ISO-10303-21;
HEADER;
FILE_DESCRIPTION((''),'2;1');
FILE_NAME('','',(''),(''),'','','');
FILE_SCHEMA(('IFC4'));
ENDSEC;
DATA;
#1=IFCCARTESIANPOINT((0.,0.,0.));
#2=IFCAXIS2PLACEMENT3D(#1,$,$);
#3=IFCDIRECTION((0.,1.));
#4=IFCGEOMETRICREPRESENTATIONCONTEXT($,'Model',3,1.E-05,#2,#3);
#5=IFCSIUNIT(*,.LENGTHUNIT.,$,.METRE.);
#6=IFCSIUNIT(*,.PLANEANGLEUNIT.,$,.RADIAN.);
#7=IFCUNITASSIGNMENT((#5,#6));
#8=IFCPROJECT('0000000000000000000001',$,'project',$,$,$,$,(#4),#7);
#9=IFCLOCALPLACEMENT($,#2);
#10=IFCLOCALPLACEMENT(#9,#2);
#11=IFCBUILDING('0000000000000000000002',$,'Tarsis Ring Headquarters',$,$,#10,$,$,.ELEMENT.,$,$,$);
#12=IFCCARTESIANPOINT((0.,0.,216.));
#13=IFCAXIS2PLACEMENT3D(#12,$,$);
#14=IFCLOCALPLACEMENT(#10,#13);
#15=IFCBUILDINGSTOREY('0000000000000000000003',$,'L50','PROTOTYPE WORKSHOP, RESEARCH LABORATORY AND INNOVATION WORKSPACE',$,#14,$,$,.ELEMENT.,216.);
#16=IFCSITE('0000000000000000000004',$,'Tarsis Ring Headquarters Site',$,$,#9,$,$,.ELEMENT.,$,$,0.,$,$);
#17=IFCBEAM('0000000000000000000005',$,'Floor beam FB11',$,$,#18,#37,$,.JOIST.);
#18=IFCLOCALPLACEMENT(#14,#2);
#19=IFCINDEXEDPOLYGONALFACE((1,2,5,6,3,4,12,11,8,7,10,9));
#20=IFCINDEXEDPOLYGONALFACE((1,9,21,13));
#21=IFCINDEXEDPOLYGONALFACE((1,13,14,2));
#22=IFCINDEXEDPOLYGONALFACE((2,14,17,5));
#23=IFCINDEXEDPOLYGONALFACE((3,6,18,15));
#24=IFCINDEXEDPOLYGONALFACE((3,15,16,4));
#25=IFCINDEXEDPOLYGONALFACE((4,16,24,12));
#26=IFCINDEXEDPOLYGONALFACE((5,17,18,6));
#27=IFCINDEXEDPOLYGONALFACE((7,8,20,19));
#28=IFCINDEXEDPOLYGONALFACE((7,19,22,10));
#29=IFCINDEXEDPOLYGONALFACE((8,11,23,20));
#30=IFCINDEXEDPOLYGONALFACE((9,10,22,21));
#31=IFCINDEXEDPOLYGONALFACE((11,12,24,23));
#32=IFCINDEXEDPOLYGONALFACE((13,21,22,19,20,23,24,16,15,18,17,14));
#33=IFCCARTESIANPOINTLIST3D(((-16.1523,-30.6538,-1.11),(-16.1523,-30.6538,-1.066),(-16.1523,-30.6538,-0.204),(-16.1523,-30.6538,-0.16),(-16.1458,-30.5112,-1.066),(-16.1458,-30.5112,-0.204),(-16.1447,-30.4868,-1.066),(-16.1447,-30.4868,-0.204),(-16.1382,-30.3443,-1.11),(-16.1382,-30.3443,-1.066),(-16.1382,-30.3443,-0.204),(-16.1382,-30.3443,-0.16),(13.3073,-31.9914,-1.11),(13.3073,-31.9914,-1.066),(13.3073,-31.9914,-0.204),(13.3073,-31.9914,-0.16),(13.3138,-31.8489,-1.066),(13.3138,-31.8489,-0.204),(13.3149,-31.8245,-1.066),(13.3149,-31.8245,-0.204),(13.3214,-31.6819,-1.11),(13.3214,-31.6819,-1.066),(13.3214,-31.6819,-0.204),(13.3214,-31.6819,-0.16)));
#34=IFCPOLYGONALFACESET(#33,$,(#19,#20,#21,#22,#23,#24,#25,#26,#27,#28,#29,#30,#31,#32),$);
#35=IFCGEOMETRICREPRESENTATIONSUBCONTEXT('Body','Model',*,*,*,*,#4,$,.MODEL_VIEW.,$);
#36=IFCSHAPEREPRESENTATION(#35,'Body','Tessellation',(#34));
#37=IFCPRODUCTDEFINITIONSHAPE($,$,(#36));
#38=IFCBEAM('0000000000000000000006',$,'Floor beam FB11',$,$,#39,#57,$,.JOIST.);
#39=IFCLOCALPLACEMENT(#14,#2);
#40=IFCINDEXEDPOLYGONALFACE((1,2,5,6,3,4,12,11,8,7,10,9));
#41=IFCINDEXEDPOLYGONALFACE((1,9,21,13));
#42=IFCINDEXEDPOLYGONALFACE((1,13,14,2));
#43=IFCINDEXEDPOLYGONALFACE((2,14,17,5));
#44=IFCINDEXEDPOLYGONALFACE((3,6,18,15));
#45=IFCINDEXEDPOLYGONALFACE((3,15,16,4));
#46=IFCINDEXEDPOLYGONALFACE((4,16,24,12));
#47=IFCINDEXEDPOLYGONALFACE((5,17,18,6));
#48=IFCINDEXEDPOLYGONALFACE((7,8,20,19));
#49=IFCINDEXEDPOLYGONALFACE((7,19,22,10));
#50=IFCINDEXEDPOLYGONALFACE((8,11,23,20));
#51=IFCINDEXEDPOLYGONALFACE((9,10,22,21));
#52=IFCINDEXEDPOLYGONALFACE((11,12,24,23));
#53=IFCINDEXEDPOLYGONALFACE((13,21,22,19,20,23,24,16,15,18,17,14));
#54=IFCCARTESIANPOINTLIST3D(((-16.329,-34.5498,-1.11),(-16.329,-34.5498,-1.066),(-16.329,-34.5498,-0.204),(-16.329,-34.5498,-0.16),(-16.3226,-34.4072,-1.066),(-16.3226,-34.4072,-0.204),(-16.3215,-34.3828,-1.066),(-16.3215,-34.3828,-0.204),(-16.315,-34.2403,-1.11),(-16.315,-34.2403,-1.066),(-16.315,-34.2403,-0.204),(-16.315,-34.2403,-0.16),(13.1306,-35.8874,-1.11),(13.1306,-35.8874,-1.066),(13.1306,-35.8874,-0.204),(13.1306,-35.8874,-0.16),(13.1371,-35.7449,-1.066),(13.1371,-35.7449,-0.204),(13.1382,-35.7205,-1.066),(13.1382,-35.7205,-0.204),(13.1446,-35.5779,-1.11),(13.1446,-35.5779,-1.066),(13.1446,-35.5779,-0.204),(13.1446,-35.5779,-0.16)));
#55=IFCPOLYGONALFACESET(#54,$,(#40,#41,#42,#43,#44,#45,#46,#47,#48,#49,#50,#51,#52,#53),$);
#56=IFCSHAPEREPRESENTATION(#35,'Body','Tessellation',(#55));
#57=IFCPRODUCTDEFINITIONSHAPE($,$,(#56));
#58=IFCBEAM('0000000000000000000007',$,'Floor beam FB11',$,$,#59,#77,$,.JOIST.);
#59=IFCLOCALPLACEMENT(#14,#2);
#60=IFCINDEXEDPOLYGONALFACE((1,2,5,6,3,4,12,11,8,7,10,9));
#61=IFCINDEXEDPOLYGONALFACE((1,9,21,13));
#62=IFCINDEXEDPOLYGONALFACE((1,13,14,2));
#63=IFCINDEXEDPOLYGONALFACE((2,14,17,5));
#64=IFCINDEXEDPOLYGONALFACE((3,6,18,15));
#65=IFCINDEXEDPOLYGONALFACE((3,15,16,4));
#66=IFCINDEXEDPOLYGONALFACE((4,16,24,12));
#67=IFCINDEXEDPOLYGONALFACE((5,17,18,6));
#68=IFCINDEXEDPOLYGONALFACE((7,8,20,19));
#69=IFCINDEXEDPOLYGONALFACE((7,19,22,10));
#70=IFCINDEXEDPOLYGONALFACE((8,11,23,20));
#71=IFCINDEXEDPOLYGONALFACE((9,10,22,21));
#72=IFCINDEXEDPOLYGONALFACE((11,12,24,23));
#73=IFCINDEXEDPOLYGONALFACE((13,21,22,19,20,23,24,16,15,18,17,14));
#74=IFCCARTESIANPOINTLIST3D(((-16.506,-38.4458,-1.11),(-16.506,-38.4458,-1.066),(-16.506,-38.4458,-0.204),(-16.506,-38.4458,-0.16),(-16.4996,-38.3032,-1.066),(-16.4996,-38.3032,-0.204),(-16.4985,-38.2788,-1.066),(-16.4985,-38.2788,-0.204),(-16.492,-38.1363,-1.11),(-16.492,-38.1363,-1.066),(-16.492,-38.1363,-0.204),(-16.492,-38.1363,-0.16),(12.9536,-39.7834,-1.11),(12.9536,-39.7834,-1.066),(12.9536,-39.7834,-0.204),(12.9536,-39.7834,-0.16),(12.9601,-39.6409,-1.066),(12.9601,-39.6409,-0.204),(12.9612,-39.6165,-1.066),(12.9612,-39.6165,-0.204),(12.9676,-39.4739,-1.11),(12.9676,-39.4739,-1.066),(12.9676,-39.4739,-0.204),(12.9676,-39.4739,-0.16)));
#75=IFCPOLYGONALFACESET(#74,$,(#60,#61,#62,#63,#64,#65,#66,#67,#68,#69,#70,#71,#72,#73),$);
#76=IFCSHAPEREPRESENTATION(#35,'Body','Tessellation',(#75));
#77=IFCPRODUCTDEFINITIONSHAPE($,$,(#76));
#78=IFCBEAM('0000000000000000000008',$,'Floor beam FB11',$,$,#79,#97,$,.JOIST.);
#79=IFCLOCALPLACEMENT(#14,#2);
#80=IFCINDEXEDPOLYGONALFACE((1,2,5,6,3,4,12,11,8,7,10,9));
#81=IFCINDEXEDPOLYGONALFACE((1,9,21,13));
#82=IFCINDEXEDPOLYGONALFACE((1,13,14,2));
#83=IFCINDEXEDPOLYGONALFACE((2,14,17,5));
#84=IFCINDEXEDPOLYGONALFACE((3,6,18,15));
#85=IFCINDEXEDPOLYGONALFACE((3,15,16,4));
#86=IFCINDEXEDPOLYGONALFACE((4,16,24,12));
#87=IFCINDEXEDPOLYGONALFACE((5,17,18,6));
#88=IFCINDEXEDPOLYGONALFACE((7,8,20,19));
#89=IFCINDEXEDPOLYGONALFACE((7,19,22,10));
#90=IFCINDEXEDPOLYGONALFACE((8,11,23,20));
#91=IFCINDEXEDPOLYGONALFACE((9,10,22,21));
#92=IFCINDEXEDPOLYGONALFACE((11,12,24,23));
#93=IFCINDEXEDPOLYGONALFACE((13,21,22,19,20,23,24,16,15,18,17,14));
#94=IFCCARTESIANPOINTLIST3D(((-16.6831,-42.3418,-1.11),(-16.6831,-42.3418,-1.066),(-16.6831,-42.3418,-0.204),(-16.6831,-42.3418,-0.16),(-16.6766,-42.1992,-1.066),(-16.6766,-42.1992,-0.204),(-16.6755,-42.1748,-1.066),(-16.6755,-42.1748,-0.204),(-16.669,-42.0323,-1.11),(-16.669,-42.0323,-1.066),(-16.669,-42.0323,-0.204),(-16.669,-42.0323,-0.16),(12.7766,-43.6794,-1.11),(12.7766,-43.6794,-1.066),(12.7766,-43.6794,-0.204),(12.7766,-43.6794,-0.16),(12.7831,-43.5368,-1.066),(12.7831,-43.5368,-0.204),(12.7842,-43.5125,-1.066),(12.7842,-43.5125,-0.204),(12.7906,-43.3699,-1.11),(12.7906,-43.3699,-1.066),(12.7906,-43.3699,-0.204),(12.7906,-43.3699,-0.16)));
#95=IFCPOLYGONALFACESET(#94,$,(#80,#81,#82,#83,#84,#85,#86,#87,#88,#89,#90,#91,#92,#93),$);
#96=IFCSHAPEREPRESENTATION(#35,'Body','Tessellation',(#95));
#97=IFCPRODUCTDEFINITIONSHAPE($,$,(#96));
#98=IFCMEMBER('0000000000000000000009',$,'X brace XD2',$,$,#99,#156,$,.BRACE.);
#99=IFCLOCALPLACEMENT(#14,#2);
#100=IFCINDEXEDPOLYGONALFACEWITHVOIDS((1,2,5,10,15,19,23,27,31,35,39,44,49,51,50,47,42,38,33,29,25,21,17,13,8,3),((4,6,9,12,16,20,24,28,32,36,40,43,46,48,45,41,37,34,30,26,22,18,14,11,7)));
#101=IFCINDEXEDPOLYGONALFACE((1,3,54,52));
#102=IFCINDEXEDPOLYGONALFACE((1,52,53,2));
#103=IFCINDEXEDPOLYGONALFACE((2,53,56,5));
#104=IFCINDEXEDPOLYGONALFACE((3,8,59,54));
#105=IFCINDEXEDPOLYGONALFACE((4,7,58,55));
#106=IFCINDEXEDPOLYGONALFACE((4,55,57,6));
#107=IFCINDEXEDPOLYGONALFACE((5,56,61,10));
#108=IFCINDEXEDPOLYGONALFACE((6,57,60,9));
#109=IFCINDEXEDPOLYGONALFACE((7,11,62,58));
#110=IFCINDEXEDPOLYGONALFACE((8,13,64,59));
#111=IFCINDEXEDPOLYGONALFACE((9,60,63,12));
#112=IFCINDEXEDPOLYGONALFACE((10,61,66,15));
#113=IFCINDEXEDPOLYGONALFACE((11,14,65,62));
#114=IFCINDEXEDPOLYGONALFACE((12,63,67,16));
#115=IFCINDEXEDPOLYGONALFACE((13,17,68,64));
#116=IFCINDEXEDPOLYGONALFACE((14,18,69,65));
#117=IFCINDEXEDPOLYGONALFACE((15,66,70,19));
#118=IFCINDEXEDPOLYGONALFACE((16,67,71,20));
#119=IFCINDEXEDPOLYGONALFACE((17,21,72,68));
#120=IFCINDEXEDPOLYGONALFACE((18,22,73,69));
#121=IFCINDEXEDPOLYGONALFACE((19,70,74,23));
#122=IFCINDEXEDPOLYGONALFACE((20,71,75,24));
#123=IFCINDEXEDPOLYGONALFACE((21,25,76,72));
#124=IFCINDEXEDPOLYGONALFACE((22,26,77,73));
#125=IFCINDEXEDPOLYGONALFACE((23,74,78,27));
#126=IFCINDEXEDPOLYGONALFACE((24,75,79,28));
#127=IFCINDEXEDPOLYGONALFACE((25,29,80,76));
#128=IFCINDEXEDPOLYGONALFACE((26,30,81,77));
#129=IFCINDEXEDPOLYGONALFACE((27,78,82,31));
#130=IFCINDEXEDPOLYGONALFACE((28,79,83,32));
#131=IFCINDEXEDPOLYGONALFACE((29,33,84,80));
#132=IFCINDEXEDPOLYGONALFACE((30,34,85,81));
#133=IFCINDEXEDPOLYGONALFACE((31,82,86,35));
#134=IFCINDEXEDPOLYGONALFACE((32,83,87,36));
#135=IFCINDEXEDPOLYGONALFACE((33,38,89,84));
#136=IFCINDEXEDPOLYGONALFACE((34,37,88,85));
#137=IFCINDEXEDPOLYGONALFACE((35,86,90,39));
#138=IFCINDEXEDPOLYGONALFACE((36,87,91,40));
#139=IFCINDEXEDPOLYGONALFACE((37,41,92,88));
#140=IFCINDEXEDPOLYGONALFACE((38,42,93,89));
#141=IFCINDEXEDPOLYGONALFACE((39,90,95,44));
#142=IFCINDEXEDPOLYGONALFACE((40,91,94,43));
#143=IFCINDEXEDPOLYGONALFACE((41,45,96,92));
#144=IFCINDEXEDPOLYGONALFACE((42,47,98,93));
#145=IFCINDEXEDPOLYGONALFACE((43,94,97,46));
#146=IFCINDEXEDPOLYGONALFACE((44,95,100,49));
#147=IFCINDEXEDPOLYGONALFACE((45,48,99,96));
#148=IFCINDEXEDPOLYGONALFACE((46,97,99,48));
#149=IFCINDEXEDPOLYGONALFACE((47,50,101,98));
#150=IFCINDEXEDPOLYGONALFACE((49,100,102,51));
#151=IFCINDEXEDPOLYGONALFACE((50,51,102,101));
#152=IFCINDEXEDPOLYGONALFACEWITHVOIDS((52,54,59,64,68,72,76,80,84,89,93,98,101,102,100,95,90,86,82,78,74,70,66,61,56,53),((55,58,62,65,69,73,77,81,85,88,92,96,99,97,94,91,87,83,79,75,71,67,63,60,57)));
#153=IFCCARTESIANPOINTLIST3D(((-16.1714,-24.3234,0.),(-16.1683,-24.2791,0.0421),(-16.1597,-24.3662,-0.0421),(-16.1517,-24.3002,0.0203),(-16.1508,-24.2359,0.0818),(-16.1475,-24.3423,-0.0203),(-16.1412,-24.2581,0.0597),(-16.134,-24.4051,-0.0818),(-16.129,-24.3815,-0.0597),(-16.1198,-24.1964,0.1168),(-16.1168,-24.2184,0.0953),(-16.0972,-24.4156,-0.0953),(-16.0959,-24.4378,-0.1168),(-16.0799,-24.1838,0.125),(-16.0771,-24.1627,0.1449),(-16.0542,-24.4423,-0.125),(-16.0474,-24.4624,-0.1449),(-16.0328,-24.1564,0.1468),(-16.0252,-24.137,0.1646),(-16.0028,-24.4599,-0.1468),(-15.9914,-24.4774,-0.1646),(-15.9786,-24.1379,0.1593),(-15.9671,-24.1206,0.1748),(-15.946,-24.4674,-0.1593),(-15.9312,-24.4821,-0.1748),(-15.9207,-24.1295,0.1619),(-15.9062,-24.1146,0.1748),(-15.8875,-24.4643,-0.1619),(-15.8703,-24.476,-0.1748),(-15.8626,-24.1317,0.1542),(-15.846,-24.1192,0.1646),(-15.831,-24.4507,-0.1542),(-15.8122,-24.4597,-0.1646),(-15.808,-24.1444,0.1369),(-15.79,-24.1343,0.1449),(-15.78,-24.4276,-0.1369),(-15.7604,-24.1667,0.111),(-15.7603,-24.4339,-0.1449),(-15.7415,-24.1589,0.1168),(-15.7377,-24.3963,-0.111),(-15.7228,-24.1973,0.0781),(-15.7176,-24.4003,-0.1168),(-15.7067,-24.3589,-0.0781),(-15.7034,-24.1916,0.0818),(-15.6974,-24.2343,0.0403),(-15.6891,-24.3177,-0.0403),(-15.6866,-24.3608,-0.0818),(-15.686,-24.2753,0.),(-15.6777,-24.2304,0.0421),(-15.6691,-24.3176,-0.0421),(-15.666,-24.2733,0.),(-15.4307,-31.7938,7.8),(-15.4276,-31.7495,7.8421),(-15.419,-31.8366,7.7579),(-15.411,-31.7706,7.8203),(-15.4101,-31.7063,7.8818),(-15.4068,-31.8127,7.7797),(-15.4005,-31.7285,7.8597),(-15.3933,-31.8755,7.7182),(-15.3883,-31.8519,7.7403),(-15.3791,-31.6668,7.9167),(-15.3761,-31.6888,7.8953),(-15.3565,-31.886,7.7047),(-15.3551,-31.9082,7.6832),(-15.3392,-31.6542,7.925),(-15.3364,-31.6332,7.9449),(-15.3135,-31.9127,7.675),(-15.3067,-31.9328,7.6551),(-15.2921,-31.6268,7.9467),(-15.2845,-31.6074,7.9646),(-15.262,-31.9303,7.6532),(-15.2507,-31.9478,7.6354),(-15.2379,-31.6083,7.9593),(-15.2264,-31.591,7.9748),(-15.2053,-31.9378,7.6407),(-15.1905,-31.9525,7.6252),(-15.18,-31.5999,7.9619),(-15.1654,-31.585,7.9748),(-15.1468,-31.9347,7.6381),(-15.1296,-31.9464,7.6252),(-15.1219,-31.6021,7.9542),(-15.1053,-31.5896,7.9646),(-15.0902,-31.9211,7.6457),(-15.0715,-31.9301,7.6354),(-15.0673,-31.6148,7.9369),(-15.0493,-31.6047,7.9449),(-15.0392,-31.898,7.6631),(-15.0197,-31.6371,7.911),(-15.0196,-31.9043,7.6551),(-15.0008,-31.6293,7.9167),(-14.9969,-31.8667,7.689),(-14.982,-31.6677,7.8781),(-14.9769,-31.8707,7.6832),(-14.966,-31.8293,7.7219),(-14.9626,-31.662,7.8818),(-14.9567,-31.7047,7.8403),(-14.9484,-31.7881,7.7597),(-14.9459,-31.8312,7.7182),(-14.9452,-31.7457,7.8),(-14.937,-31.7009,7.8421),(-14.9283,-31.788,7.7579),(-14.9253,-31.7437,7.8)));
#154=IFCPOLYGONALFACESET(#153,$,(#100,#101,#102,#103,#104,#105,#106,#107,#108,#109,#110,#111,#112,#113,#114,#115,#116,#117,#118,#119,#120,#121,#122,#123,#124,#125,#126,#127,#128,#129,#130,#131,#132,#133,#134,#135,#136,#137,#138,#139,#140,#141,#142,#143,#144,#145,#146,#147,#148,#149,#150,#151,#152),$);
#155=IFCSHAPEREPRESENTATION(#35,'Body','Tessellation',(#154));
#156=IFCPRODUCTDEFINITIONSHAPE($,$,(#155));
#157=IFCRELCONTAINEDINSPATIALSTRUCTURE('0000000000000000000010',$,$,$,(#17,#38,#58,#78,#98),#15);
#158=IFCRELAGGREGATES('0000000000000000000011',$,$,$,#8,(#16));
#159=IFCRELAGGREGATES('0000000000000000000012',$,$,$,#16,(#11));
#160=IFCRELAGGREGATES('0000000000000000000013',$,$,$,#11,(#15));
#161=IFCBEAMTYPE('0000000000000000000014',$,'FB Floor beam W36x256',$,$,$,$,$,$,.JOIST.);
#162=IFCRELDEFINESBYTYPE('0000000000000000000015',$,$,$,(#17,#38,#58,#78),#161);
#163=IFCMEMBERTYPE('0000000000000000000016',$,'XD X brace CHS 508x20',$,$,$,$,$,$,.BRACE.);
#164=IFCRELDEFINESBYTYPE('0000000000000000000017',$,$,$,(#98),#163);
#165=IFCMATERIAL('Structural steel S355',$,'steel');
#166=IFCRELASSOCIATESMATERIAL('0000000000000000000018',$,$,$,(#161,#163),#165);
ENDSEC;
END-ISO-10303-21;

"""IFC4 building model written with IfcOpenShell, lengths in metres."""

from ifc_helpers import new_model, si_unit, direction, frame, origin, origin_2d, place, context, subcontext, project, spatial, hollow_circle, i_section, extrude, material, material_profile, profile_set, type_object, element, save


model = new_model("IFC4")

# Units and contexts
model_context = context("Model", 3, precision=1e-05, world=origin(), true_north=direction((0.0, 1.0)))
body_context = subcontext(model_context, "Body", "Model", "MODEL_VIEW")
ifc_project = project(units=[si_unit("LENGTHUNIT", "METRE"), si_unit("PLANEANGLEUNIT", "RADIAN")], contexts=[model_context])

# Site, building, storey
site_placement = place(None, origin())
site = spatial("IfcSite", under=ifc_project, at=site_placement, Name="Tarsis Ring Headquarters Site", CompositionType="ELEMENT", RefElevation=0.0)
building_placement = place(site_placement, origin())
building = spatial("IfcBuilding", under=site, at=building_placement, Name="Tarsis Ring Headquarters", CompositionType="ELEMENT")
storey_placement = place(building_placement, frame((0.0, 0.0, 216.0)))
storey = spatial("IfcBuildingStorey", under=building, at=storey_placement, Name="L50", Description="PROTOTYPE WORKSHOP, RESEARCH LABORATORY AND INNOVATION WORKSPACE", CompositionType="ELEMENT", Elevation=216.0)

# Shared definitions
ifc_material_1 = material(Name="Structural steel S355", Category="steel")

# Beams
ifc_material_profile_1 = material_profile(ifc_material_1, i_section(OverallWidth=0.3098, OverallDepth=0.95, WebThickness=0.0244, FlangeThickness=0.0439, at=origin_2d()), Name="W36x256")
ifc_profile_set_1 = profile_set([ifc_material_profile_1], Name="Structural steel S355")
beam_type_1 = type_object("IfcBeamType", Name="FB Floor beam W36x256", PredefinedType="JOIST", material=ifc_profile_set_1)
for number, where, z_axis, x_axis, name in (
    (1, (-16.1453, -30.499, -0.635), (0.998971, -0.045359, 0.0), (0.045359, 0.998971, 0.0), "Floor beam FB11"),
    (2, (-16.322, -34.395, -0.635), (0.998971, -0.045359, 0.0), (0.045359, 0.998971, 0.0), "Floor beam FB11"),
    (3, (-16.499, -38.291, -0.635), (0.998971, -0.045359, 0.0), (0.045359, 0.998971, 0.0), "Floor beam FB11"),
    (4, (-16.676, -42.187, -0.635), (0.998971, -0.045359, 0.0), (0.045359, 0.998971, 0.0), "Floor beam FB11"),
):
    element("IfcBeam", number, at=place(storey_placement, frame(where, z_axis=z_axis, x_axis=x_axis)), inside=storey, type_object=beam_type_1, Name=name, PredefinedType="JOIST", context=body_context, shape_type="SweptSolid", body=[
        extrude(i_section(OverallWidth=0.3098, OverallDepth=0.95, WebThickness=0.0244, FlangeThickness=0.0439, at=origin_2d()), origin(), (0.0, 0.0, 1.0), 29.49),
    ])

# Member
ifc_material_profile_2 = material_profile(ifc_material_1, hollow_circle(Radius=0.2539, WallThickness=0.02, at=origin_2d()), Name="CHS 508x20")
ifc_profile_set_2 = profile_set([ifc_material_profile_2], Name="Structural steel S355")
member_type = type_object("IfcMemberType", Name="XD X brace CHS 508x20", PredefinedType="BRACE", material=ifc_profile_set_2)
member_1_placement = place(storey_placement, frame((-15.9187, -24.2983, 0.0), z_axis=(0.068422, -0.690063, 0.720508), x_axis=(0.99512, 0.09867, 0.0)))
element("IfcMember", 5, at=member_1_placement, inside=storey, type_object=member_type, Name="X brace XD2", PredefinedType="BRACE", context=body_context, shape_type="SweptSolid", body=[
    extrude(hollow_circle(Radius=0.2539, WallThickness=0.02, at=origin_2d()), origin(), (0.0, 0.0, 1.0), 10.8257),
])

save(model, "model.ifc")
